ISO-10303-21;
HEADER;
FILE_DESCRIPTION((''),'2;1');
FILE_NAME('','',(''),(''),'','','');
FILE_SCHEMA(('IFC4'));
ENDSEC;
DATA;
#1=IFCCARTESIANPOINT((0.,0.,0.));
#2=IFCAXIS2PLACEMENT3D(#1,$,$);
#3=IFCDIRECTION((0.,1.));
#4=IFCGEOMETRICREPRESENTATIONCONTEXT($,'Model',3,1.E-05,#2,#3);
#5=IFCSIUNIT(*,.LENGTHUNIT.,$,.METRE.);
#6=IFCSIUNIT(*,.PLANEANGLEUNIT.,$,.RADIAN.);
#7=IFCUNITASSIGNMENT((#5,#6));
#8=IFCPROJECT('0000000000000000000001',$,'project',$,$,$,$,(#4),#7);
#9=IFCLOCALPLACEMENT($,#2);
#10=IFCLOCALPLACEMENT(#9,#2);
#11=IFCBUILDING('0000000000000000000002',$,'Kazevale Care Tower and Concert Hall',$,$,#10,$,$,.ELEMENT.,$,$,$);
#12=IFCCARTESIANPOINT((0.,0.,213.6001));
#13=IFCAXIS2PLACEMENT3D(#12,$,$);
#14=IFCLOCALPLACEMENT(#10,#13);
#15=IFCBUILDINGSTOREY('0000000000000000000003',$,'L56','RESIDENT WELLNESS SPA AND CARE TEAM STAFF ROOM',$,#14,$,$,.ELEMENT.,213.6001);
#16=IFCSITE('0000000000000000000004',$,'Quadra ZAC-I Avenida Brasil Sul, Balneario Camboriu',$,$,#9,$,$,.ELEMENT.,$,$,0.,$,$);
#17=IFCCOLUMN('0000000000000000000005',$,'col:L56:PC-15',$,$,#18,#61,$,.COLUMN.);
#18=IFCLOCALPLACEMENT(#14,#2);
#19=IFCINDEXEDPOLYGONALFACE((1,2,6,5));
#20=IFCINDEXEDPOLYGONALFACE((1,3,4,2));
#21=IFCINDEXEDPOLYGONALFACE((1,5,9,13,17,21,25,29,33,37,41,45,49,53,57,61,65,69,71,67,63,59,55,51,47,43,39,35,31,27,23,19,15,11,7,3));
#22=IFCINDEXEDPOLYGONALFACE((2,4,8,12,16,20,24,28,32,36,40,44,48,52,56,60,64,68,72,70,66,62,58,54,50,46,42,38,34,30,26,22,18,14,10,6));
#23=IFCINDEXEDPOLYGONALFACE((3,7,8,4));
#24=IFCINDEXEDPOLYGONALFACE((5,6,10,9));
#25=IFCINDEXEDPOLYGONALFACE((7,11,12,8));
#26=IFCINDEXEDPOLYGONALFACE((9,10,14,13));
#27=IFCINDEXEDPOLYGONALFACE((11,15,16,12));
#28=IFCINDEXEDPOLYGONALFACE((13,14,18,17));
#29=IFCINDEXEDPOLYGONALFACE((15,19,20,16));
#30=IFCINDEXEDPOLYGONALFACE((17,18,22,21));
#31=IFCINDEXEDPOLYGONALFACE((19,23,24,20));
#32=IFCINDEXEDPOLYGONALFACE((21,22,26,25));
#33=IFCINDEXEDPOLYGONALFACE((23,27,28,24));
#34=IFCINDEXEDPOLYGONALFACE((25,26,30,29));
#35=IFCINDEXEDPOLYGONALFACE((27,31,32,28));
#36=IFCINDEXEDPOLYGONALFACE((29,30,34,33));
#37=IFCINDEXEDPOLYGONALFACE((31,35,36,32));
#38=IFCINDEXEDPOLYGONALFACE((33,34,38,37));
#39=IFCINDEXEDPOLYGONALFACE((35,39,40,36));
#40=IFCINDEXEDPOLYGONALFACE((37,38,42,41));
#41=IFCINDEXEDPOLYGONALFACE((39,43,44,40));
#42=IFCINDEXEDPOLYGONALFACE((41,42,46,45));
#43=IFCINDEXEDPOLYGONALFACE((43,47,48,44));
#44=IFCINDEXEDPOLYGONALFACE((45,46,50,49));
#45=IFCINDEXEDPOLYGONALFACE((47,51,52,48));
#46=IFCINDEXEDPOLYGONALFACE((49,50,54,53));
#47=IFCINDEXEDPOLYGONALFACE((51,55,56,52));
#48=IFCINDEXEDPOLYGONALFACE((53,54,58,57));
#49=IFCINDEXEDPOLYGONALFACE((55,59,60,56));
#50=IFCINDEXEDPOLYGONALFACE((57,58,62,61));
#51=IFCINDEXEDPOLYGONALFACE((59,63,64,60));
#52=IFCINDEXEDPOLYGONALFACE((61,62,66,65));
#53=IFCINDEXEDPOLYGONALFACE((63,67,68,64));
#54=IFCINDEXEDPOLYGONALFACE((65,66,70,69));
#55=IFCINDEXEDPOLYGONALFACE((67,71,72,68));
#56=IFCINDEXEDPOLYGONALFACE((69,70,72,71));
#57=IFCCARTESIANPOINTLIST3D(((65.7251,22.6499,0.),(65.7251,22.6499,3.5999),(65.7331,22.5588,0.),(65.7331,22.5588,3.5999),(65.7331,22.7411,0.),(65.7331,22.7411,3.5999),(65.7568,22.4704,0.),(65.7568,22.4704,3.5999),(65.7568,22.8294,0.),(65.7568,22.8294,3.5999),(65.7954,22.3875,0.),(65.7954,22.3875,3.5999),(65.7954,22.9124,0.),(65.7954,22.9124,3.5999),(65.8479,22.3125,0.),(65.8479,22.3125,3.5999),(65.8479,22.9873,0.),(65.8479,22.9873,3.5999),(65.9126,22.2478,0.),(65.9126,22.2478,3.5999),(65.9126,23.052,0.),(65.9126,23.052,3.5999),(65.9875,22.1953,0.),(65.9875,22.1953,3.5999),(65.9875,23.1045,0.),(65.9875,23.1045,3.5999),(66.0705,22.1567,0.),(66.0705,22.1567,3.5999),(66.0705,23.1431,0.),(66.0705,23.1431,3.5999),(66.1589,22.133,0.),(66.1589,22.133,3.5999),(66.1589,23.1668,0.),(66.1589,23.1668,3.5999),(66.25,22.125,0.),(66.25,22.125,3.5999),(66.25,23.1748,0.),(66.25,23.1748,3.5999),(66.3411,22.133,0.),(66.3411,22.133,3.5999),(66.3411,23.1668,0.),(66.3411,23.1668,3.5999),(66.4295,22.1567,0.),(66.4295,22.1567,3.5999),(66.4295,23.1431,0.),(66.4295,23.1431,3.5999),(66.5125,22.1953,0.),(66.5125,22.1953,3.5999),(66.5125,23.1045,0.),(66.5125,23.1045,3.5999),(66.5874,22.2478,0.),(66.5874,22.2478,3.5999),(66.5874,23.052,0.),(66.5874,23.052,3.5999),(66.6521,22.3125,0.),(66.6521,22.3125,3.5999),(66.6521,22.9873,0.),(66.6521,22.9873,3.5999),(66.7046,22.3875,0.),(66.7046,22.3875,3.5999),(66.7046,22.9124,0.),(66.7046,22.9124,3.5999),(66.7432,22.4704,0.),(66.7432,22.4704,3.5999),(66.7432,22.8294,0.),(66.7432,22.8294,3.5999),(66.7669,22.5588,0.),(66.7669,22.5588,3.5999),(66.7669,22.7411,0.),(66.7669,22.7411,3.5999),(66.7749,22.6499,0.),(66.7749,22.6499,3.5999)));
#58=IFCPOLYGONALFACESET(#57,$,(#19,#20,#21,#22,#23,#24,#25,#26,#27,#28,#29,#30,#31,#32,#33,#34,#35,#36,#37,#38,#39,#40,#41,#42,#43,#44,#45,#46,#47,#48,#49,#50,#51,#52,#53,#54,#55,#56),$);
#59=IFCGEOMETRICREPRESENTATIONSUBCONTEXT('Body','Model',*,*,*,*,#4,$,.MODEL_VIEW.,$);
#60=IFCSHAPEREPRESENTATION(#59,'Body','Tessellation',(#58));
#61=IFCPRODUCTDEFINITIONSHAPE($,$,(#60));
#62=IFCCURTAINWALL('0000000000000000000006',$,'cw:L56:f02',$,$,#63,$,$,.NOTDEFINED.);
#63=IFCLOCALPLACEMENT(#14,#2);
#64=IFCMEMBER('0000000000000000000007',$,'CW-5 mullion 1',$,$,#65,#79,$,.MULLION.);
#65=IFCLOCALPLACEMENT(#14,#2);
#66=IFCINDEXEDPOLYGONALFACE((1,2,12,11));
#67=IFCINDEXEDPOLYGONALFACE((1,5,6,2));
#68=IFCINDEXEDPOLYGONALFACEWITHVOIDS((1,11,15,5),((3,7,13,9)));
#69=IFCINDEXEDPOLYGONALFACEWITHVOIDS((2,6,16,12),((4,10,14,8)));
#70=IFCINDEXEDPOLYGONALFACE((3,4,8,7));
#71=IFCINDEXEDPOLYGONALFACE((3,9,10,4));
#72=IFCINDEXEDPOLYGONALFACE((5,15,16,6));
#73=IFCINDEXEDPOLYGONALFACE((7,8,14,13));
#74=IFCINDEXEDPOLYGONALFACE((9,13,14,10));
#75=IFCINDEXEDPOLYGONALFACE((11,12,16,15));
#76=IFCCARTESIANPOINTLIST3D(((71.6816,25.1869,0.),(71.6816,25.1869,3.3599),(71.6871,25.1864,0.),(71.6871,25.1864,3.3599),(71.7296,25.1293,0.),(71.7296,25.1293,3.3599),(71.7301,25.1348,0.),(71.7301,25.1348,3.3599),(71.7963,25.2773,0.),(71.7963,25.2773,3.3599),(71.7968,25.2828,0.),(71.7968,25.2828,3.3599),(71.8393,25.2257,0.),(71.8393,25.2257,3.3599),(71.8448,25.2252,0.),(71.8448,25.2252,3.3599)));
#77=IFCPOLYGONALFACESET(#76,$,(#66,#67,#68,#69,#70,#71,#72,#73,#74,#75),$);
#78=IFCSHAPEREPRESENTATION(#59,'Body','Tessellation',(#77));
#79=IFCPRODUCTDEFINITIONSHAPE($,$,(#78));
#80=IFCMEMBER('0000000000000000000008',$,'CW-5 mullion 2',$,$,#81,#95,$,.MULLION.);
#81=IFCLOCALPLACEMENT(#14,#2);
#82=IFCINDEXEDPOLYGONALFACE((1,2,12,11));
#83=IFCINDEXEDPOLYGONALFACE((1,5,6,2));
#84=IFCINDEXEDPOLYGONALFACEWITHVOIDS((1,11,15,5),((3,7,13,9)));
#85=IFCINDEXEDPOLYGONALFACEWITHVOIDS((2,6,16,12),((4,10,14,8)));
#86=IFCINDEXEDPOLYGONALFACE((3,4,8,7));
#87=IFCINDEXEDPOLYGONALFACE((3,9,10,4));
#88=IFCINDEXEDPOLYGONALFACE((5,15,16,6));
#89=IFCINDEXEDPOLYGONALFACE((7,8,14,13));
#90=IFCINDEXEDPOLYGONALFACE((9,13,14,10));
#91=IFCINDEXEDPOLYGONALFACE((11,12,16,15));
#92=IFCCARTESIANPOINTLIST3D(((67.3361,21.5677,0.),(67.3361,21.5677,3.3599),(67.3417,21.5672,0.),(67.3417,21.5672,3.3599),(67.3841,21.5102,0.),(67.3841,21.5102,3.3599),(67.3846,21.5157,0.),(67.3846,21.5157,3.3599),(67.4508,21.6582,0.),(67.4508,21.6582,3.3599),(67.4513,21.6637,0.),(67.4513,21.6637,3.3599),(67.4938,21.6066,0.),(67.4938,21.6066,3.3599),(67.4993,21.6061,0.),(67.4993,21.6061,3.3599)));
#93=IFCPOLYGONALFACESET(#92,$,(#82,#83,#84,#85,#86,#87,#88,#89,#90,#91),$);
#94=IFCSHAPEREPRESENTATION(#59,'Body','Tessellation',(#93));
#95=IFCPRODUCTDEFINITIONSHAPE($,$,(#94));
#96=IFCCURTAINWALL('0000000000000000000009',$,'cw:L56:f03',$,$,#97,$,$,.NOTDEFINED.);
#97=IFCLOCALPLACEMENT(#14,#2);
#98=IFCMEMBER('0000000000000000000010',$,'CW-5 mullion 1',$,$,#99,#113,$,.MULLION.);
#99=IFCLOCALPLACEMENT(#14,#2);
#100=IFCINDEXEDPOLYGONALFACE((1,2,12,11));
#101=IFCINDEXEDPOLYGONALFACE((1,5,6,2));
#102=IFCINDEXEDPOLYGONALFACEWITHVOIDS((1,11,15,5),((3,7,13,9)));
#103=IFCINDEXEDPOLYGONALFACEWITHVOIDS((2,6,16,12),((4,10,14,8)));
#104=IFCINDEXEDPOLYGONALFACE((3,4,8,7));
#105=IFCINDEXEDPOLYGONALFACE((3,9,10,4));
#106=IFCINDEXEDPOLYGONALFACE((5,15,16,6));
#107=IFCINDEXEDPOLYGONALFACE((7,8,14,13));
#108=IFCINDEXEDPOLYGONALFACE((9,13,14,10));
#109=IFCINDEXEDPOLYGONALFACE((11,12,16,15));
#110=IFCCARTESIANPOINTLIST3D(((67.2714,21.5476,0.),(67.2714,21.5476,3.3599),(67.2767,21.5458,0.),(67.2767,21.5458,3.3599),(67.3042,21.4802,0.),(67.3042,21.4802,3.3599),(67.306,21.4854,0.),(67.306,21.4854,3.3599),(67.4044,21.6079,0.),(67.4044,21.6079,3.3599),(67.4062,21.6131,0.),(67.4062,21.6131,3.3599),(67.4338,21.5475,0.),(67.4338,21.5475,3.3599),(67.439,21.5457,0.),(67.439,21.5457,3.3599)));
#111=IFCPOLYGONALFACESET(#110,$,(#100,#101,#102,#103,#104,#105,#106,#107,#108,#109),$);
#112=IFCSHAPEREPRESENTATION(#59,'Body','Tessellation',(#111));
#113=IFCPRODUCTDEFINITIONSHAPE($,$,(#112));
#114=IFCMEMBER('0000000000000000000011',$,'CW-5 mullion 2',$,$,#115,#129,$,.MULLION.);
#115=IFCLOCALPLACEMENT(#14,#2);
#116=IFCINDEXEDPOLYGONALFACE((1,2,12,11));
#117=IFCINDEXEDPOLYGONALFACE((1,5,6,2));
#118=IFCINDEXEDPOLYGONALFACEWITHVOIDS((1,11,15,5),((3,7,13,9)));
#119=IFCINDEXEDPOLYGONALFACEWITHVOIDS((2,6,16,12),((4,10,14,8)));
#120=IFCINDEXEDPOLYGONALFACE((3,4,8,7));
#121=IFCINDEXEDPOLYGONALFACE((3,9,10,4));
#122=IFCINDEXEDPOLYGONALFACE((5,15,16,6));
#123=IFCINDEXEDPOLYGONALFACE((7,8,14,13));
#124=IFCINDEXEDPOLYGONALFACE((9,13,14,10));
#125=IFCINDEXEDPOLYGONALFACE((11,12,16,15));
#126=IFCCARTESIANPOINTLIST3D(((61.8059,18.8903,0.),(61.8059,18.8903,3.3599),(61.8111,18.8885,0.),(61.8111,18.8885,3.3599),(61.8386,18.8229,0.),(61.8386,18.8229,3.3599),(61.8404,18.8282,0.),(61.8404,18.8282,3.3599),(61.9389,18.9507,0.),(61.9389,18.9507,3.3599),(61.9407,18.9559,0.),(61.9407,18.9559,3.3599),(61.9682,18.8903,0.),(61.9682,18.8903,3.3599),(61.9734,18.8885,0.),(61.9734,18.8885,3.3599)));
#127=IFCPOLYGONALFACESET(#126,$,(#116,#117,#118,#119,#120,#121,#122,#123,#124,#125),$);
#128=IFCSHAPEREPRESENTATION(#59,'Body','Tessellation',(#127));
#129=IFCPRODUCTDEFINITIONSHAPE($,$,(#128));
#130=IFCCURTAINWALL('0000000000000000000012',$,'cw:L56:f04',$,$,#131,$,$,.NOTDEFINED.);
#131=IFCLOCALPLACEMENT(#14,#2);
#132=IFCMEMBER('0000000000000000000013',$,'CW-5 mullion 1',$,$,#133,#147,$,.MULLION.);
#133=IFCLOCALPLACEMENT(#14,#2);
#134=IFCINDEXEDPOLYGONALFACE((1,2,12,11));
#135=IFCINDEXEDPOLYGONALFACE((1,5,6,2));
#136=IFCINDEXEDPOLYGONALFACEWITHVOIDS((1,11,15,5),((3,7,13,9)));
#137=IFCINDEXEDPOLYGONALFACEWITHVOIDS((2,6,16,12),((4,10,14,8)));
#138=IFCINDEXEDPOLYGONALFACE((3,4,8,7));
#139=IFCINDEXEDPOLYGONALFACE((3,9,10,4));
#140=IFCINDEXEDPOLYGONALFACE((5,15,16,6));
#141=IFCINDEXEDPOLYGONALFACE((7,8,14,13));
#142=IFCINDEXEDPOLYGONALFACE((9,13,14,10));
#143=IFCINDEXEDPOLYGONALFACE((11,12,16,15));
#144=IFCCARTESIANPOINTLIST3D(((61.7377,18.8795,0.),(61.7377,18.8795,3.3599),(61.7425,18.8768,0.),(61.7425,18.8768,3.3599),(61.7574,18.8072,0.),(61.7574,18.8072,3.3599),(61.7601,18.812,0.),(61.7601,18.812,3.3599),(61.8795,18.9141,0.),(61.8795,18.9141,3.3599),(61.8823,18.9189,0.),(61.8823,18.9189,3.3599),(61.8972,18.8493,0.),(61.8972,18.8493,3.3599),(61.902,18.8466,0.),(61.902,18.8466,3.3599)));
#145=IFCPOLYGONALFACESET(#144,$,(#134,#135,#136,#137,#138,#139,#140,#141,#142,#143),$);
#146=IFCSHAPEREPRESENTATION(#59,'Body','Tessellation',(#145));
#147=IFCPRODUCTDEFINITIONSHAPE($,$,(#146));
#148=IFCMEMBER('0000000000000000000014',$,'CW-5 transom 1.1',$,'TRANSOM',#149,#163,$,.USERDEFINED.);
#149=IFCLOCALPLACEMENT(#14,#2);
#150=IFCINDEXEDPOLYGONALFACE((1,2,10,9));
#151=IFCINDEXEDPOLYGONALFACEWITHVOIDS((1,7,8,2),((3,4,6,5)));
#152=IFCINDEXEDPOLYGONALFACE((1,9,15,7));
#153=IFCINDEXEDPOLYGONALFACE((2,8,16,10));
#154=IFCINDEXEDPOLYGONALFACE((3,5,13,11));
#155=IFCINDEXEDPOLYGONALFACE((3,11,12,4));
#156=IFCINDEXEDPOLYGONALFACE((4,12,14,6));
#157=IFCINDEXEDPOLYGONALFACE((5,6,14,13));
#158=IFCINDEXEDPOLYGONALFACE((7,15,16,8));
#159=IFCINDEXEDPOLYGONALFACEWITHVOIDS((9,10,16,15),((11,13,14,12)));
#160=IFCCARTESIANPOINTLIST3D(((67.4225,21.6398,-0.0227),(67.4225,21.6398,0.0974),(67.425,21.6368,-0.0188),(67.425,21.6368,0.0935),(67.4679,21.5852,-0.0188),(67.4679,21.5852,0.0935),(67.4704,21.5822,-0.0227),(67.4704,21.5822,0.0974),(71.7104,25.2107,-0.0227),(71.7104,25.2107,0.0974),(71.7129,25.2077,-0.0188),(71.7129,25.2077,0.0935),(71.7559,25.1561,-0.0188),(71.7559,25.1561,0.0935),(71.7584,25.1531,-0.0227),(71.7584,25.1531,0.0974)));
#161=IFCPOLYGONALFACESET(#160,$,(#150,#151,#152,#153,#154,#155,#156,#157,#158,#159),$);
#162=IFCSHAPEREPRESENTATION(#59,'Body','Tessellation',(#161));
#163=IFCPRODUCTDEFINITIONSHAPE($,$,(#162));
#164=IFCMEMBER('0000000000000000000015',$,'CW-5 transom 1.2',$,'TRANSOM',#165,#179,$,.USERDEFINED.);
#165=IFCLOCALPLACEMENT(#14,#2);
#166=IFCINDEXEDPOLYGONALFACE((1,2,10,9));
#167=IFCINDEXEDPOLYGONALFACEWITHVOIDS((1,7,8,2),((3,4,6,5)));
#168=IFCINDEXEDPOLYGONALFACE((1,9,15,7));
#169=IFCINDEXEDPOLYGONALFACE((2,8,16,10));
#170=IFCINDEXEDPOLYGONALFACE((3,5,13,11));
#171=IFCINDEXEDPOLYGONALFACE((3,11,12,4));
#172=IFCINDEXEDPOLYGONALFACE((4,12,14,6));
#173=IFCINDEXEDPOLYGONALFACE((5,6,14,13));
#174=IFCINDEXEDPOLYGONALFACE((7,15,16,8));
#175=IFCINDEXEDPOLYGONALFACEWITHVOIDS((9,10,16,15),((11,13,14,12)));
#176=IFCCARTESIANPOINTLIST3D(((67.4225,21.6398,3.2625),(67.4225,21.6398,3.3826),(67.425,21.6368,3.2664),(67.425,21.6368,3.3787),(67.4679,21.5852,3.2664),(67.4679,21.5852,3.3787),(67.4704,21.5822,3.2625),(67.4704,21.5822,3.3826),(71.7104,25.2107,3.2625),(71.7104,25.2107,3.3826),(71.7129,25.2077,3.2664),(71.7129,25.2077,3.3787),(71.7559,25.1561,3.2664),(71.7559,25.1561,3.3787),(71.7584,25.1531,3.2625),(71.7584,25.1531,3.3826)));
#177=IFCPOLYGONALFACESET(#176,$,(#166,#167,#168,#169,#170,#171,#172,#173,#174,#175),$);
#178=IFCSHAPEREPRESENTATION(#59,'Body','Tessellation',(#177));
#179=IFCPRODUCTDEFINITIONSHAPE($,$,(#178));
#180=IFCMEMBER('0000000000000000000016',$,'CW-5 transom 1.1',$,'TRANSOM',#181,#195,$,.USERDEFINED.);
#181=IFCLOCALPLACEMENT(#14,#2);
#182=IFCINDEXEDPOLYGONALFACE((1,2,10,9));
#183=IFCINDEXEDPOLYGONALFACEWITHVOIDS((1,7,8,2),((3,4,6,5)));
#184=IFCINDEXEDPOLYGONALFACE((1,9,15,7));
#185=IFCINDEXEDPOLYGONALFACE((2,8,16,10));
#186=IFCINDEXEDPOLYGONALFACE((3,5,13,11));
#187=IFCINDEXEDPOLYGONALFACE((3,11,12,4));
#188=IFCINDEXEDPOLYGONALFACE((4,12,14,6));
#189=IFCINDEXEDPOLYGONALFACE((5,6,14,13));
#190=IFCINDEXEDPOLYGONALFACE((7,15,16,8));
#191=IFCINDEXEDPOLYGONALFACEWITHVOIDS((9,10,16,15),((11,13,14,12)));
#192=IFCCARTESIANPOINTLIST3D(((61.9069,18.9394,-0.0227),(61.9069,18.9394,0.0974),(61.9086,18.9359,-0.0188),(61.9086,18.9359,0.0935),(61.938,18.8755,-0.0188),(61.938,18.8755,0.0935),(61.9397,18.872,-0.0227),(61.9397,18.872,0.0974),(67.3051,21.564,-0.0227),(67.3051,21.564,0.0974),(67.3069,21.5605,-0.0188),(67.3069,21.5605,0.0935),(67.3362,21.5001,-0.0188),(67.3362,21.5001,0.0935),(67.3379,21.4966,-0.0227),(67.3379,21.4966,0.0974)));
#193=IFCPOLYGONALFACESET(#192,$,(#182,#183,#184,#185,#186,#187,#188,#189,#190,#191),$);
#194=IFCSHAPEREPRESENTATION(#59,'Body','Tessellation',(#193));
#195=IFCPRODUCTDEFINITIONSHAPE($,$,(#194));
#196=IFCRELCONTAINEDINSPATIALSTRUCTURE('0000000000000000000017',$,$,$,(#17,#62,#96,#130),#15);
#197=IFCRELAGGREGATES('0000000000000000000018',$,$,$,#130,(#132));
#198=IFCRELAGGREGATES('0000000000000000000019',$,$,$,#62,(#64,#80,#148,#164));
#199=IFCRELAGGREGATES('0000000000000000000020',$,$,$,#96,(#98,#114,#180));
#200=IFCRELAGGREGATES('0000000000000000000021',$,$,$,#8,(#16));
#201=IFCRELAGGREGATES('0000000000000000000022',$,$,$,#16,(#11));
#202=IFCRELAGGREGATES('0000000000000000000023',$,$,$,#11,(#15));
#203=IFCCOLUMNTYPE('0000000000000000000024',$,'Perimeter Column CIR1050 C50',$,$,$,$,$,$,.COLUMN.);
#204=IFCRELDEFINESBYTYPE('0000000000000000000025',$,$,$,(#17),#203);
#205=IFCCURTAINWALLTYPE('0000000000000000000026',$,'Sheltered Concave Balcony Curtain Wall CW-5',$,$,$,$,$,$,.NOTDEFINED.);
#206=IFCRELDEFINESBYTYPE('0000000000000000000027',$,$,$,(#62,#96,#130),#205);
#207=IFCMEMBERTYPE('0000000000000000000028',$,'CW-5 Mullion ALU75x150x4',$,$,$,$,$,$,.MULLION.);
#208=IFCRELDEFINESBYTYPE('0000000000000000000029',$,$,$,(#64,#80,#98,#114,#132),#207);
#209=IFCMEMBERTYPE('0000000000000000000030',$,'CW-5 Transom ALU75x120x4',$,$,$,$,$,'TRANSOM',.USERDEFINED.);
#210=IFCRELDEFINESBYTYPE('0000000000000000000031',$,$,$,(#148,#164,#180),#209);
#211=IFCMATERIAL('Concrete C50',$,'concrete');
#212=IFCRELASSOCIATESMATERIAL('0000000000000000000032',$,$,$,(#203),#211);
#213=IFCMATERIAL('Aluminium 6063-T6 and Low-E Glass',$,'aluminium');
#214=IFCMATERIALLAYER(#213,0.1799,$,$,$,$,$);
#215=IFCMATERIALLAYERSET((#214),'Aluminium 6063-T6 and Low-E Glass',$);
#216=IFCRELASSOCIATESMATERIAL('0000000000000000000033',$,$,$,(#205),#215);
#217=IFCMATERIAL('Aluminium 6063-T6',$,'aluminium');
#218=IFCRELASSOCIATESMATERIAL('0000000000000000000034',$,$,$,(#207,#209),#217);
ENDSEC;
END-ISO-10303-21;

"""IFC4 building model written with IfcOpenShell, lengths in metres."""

from ifc_helpers import new_model, si_unit, direction, frame, origin, origin_2d, place, context, subcontext, project, spatial, hollow_rectangle, circle, extrude, material, layer, layer_set, material_profile, profile_set, type_object, element, aggregate, save


model = new_model("IFC4")

# Units and contexts
model_context = context("Model", 3, precision=1e-05, world=origin(), true_north=direction((0.0, 1.0)))
body_context = subcontext(model_context, "Body", "Model", "MODEL_VIEW")
ifc_project = project(units=[si_unit("LENGTHUNIT", "METRE"), si_unit("PLANEANGLEUNIT", "RADIAN")], contexts=[model_context])

# Site, building, storey
site_placement = place(None, origin())
site = spatial("IfcSite", under=ifc_project, at=site_placement, Name="Quadra ZAC-I Avenida Brasil Sul, Balneario Camboriu", CompositionType="ELEMENT", RefElevation=0.0)
building_placement = place(site_placement, origin())
building = spatial("IfcBuilding", under=site, at=building_placement, Name="Kazevale Care Tower and Concert Hall", CompositionType="ELEMENT")
storey_placement = place(building_placement, frame((0.0, 0.0, 213.6001)))
storey = spatial("IfcBuildingStorey", under=building, at=storey_placement, Name="L56", Description="RESIDENT WELLNESS SPA AND CARE TEAM STAFF ROOM", CompositionType="ELEMENT", Elevation=213.6001)

# Column
ifc_material_1 = material(Name="Concrete C50", Category="concrete")
ifc_material_profile_1 = material_profile(ifc_material_1, circle(Radius=0.5249, at=origin_2d()), Name="RC-CIR1050")
ifc_profile_set_1 = profile_set([ifc_material_profile_1], Name="Concrete C50")
column_type = type_object("IfcColumnType", Name="Perimeter Column CIR1050 C50", PredefinedType="COLUMN", material=ifc_profile_set_1)
column_placement = place(storey_placement, frame((66.25, 22.6499, 0.0), z_axis=(0.0, 0.0, 1.0), x_axis=(1.0, 0.0, 0.0)))
element("IfcColumn", 1, at=column_placement, inside=storey, type_object=column_type, Name="col:L56:PC-15", PredefinedType="COLUMN", context=body_context, shape_type="SweptSolid", body=[
    extrude(circle(Radius=0.5249, at=origin_2d()), origin(), (0.0, 0.0, 1.0), 3.5999),
])

# Curtain walls, members
ifc_material_2 = material(Name="Aluminium 6063-T6 and Low-E Glass", Category="aluminium")
ifc_layer_1 = layer(ifc_material_2, 0.1799)
ifc_layer_set_1 = layer_set([ifc_layer_1], Name="Aluminium 6063-T6 and Low-E Glass")
curtain_wall_type = type_object("IfcCurtainWallType", Name="Sheltered Concave Balcony Curtain Wall CW-5", PredefinedType="NOTDEFINED", material=ifc_layer_set_1)
curtain_wall_1_placement = place(storey_placement, origin())
curtain_wall_1 = element("IfcCurtainWall", 2, at=curtain_wall_1_placement, inside=storey, type_object=curtain_wall_type, Name="cw:L56:f02", PredefinedType="NOTDEFINED")
ifc_material_3 = material(Name="Aluminium 6063-T6", Category="aluminium")
ifc_material_profile_2 = material_profile(ifc_material_3, hollow_rectangle(XDim=0.075, YDim=0.1499, WallThickness=0.0039, at=origin_2d()), Name="ALU75x150x4")
ifc_profile_set_2 = profile_set([ifc_material_profile_2], Name="Aluminium 6063-T6")
member_type_1 = type_object("IfcMemberType", Name="CW-5 Mullion ALU75x150x4", PredefinedType="MULLION", material=ifc_profile_set_2)
member_1_placement = place(storey_placement, frame((71.7632, 25.2061, 0.0), z_axis=(0.0, 0.0, 1.0), x_axis=(0.639961, -0.768407, 0.0)))
member_1 = element("IfcMember", 3, at=member_1_placement, type_object=member_type_1, Name="CW-5 mullion 1", PredefinedType="MULLION", context=body_context, shape_type="SweptSolid", body=[
    extrude(hollow_rectangle(XDim=0.075, YDim=0.1499, WallThickness=0.0039, at=origin_2d()), origin(), (0.0, 0.0, 1.0), 3.3599),
])
member_2_placement = place(storey_placement, frame((67.4177, 21.5869, 0.0), z_axis=(0.0, 0.0, 1.0), x_axis=(0.639961, -0.768407, 0.0)))
member_2 = element("IfcMember", 4, at=member_2_placement, type_object=member_type_1, Name="CW-5 mullion 2", PredefinedType="MULLION", context=body_context, shape_type="SweptSolid", body=[
    extrude(hollow_rectangle(XDim=0.075, YDim=0.1499, WallThickness=0.0039, at=origin_2d()), origin(), (0.0, 0.0, 1.0), 3.3599),
])
curtain_wall_2_placement = place(storey_placement, origin())
curtain_wall_2 = element("IfcCurtainWall", 5, at=curtain_wall_2_placement, inside=storey, type_object=curtain_wall_type, Name="cw:L56:f03", PredefinedType="NOTDEFINED")
member_3_placement = place(storey_placement, frame((67.3552, 21.5466, 0.0), z_axis=(0.0, 0.0, 1.0), x_axis=(0.437238, -0.899346, 0.0)))
member_3 = element("IfcMember", 6, at=member_3_placement, type_object=member_type_1, Name="CW-5 mullion 1", PredefinedType="MULLION", context=body_context, shape_type="SweptSolid", body=[
    extrude(hollow_rectangle(XDim=0.075, YDim=0.1499, WallThickness=0.0039, at=origin_2d()), origin(), (0.0, 0.0, 1.0), 3.3599),
])
member_4_placement = place(storey_placement, frame((61.8896, 18.8894, 0.0), z_axis=(0.0, 0.0, 1.0), x_axis=(0.437238, -0.899346, 0.0)))
member_4 = element("IfcMember", 7, at=member_4_placement, type_object=member_type_1, Name="CW-5 mullion 2", PredefinedType="MULLION", context=body_context, shape_type="SweptSolid", body=[
    extrude(hollow_rectangle(XDim=0.075, YDim=0.1499, WallThickness=0.0039, at=origin_2d()), origin(), (0.0, 0.0, 1.0), 3.3599),
])

# Curtain wall, member
curtain_wall_3_placement = place(storey_placement, origin())
curtain_wall_3 = element("IfcCurtainWall", 8, at=curtain_wall_3_placement, inside=storey, type_object=curtain_wall_type, Name="cw:L56:f04", PredefinedType="NOTDEFINED")
member_5_placement = place(storey_placement, frame((61.8198, 18.863, 0.0), z_axis=(0.0, 0.0, 1.0), x_axis=(0.262849, -0.964837, 0.0)))
member_5 = element("IfcMember", 9, at=member_5_placement, type_object=member_type_1, Name="CW-5 mullion 1", PredefinedType="MULLION", context=body_context, shape_type="SweptSolid", body=[
    extrude(hollow_rectangle(XDim=0.075, YDim=0.1499, WallThickness=0.0039, at=origin_2d()), origin(), (0.0, 0.0, 1.0), 3.3599),
])

# Members
ifc_material_profile_3 = material_profile(ifc_material_3, hollow_rectangle(XDim=0.075, YDim=0.1201, WallThickness=0.0039, at=origin_2d()), Name="ALU75x120x4")
ifc_profile_set_3 = profile_set([ifc_material_profile_3], Name="Aluminium 6063-T6")
member_type_2 = type_object("IfcMemberType", Name="CW-5 Transom ALU75x120x4", ElementType="TRANSOM", PredefinedType="USERDEFINED", material=ifc_profile_set_3)
member_6_placement = place(storey_placement, frame((71.7344, 25.1819, 0.0374), z_axis=(-0.768433, -0.63993, 0.0), x_axis=(0.63993, -0.768433, 0.0)))
member_6 = element("IfcMember", 10, at=member_6_placement, type_object=member_type_2, Name="CW-5 transom 1.1", ObjectType="TRANSOM", PredefinedType="USERDEFINED", context=body_context, shape_type="SweptSolid", body=[
    extrude(hollow_rectangle(XDim=0.075, YDim=0.1201, WallThickness=0.0039, at=origin_2d()), origin(), (0.0, 0.0, 1.0), 5.5801),
])
member_7_placement = place(storey_placement, frame((71.7344, 25.1819, 3.3225), z_axis=(-0.768433, -0.63993, 0.0), x_axis=(0.63993, -0.768433, 0.0)))
member_7 = element("IfcMember", 11, at=member_7_placement, type_object=member_type_2, Name="CW-5 transom 1.2", ObjectType="TRANSOM", PredefinedType="USERDEFINED", context=body_context, shape_type="SweptSolid", body=[
    extrude(hollow_rectangle(XDim=0.075, YDim=0.1201, WallThickness=0.0039, at=origin_2d()), origin(), (0.0, 0.0, 1.0), 5.5801),
])
member_8_placement = place(storey_placement, frame((67.3215, 21.5303, 0.0374), z_axis=(-0.899342, -0.437245, 0.0), x_axis=(0.437245, -0.899342, 0.0)))
member_8 = element("IfcMember", 12, at=member_8_placement, type_object=member_type_2, Name="CW-5 transom 1.1", ObjectType="TRANSOM", PredefinedType="USERDEFINED", context=body_context, shape_type="SweptSolid", body=[
    extrude(hollow_rectangle(XDim=0.075, YDim=0.1201, WallThickness=0.0039, at=origin_2d()), origin(), (0.0, 0.0, 1.0), 6.0024),
])
aggregate(curtain_wall_3, [member_5])

aggregate(curtain_wall_1, [member_1, member_2, member_6, member_7])
aggregate(curtain_wall_2, [member_3, member_4, member_8])

save(model, "model.ifc")
